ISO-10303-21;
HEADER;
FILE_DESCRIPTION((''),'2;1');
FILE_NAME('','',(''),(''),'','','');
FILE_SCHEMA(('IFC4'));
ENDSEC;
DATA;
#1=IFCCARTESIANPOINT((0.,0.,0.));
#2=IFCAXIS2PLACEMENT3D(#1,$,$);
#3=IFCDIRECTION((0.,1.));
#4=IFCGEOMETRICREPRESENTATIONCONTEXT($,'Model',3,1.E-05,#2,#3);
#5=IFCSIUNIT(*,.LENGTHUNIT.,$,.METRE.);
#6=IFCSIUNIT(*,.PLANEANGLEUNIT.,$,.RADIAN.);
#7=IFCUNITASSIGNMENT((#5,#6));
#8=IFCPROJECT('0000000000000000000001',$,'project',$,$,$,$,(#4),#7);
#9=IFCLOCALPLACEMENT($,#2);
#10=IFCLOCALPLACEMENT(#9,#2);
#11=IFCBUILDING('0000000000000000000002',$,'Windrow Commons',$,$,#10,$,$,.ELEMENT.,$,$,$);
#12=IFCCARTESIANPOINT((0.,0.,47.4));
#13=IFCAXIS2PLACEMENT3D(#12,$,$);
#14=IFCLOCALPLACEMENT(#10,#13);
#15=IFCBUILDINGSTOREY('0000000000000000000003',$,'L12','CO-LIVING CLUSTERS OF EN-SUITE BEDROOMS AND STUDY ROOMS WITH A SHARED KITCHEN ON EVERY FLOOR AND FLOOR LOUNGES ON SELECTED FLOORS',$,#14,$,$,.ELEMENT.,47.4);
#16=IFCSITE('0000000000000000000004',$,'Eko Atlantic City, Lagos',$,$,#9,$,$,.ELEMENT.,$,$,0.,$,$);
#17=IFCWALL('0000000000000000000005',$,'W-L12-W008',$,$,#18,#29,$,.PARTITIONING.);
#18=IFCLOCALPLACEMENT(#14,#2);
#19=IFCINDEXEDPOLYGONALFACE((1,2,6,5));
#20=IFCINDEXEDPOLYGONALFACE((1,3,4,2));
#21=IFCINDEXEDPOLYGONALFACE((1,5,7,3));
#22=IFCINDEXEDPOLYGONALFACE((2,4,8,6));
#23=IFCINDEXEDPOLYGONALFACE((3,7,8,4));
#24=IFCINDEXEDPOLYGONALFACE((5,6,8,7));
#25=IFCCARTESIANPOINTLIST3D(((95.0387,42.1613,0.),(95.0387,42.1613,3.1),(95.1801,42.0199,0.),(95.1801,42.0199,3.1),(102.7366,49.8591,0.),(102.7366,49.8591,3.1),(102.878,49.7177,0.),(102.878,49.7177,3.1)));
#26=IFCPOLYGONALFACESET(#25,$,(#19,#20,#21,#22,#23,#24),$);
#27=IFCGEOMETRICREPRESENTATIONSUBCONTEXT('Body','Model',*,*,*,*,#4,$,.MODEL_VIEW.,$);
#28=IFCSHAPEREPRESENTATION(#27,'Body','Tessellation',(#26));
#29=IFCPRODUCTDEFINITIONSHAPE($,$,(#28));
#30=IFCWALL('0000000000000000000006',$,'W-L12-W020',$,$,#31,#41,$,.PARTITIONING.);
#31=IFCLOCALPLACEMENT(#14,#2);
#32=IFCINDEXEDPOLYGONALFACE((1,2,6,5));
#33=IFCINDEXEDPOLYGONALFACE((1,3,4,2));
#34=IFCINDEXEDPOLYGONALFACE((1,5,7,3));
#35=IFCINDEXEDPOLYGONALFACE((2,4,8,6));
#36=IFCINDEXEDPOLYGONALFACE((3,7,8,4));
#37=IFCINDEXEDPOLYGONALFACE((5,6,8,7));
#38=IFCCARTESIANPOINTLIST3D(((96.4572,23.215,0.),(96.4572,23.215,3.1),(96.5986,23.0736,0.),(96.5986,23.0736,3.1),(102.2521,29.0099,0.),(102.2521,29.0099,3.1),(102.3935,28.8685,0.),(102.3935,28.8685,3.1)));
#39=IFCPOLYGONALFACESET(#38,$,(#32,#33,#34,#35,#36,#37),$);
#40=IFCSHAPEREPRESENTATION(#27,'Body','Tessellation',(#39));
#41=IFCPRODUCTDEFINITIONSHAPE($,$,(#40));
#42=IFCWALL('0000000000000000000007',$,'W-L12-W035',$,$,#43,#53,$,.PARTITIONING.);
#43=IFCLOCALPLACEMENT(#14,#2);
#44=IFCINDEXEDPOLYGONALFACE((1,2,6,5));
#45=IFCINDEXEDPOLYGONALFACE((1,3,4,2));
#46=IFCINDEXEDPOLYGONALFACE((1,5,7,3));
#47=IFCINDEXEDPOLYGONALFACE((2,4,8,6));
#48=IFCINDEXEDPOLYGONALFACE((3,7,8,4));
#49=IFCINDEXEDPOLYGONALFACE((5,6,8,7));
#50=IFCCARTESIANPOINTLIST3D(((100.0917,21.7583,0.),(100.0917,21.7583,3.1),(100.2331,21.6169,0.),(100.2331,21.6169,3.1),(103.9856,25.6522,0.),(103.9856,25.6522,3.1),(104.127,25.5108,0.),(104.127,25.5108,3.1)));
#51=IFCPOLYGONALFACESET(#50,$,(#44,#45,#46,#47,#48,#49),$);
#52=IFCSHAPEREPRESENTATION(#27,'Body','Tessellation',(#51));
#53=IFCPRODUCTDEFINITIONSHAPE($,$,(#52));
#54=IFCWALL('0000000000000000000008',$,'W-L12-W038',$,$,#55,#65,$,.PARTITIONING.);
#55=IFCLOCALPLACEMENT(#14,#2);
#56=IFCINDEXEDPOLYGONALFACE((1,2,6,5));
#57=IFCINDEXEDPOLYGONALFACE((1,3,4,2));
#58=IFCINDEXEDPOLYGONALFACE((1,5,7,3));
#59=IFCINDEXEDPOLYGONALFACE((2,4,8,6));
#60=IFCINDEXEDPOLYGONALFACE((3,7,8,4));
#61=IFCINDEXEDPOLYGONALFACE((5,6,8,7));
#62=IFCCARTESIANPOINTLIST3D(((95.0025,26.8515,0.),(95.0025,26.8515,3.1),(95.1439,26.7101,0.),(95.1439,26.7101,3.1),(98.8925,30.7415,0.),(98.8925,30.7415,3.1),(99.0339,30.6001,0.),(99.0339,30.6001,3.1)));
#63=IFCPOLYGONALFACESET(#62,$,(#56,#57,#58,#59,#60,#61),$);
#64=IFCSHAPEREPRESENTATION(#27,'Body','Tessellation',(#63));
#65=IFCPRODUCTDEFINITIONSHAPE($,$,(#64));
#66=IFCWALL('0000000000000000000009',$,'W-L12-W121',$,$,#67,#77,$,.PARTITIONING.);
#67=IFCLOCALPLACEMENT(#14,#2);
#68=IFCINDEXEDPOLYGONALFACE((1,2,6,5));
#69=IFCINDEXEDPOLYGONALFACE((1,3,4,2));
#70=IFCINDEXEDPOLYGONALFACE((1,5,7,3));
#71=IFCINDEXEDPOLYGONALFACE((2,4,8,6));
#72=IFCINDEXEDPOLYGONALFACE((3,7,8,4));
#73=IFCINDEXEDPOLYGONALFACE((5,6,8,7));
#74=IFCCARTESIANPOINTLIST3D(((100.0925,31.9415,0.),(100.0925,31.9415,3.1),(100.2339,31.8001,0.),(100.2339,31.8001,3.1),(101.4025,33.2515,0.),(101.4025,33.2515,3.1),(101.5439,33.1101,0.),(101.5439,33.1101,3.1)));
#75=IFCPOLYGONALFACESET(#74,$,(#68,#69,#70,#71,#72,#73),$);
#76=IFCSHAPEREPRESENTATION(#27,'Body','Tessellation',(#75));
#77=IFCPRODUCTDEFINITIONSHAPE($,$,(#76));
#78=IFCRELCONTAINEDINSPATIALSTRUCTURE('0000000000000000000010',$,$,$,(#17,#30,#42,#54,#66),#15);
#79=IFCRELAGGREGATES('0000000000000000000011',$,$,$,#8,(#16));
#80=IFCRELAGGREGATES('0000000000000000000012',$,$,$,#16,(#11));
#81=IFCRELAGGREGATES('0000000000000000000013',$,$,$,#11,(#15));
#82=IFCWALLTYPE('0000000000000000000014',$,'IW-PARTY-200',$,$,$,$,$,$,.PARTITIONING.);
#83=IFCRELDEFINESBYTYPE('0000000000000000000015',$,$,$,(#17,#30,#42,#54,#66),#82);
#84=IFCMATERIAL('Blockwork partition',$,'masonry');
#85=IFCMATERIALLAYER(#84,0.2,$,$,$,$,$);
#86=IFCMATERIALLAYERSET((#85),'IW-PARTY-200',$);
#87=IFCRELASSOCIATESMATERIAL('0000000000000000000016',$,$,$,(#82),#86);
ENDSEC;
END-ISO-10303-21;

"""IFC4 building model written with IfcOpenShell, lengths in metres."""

from ifc_helpers import new_model, si_unit, direction, frame, frame_2d, origin, place, context, subcontext, project, spatial, rectangle, extrude, material, layer, layer_set, type_object, element, save


model = new_model("IFC4")

# Units and contexts
model_context = context("Model", 3, precision=1e-05, world=origin(), true_north=direction((0.0, 1.0)))
body_context = subcontext(model_context, "Body", "Model", "MODEL_VIEW")
ifc_project = project(units=[si_unit("LENGTHUNIT", "METRE"), si_unit("PLANEANGLEUNIT", "RADIAN")], contexts=[model_context])

# Site, building, storey
site_placement = place(None, origin())
site = spatial("IfcSite", under=ifc_project, at=site_placement, Name="Eko Atlantic City, Lagos", CompositionType="ELEMENT", RefElevation=0.0)
building_placement = place(site_placement, origin())
building = spatial("IfcBuilding", under=site, at=building_placement, Name="Windrow Commons", CompositionType="ELEMENT")
storey_placement = place(building_placement, frame((0.0, 0.0, 47.4)))
storey = spatial("IfcBuildingStorey", under=building, at=storey_placement, Name="L12", Description="CO-LIVING CLUSTERS OF EN-SUITE BEDROOMS AND STUDY ROOMS WITH A SHARED KITCHEN ON EVERY FLOOR AND FLOOR LOUNGES ON SELECTED FLOORS", CompositionType="ELEMENT", Elevation=47.4)

# Walls
ifc_material_1 = material(Name="Blockwork partition", Category="masonry")
ifc_layer_1 = layer(ifc_material_1, 0.2)
ifc_layer_set_1 = layer_set([ifc_layer_1], Name="IW-PARTY-200")
wall_type_1 = type_object("IfcWallType", Name="IW-PARTY-200", PredefinedType="PARTITIONING", material=ifc_layer_set_1)
wall_1_placement = place(storey_placement, frame((95.1094, 42.0906, 0.0), z_axis=(0.0, 0.0, 1.0), x_axis=(0.707111, 0.707102, 0.0)))
element("IfcWall", 1, at=wall_1_placement, inside=storey, type_object=wall_type_1, Name="W-L12-W008", PredefinedType="PARTITIONING", context=body_context, shape_type="SweptSolid", body=[
    extrude(rectangle(XDim=10.8863, YDim=0.2, at=frame_2d((5.4432, 0.0))), origin(), (0.0, 0.0, 1.0), 3.1),
])
wall_2_placement = place(storey_placement, frame((96.5279, 23.1443, 0.0), z_axis=(0.0, 0.0, 1.0), x_axis=(0.707107, 0.707107, 0.0)))
element("IfcWall", 2, at=wall_2_placement, inside=storey, type_object=wall_type_1, Name="W-L12-W020", PredefinedType="PARTITIONING", context=body_context, shape_type="SweptSolid", body=[
    extrude(rectangle(XDim=8.1952, YDim=0.2, at=frame_2d((4.0976, 0.0))), origin(), (0.0, 0.0, 1.0), 3.1),
])
wall_3_placement = place(storey_placement, frame((100.1624, 21.6876, 0.0), z_axis=(0.0, 0.0, 1.0), x_axis=(0.707107, 0.707107, 0.0)))
element("IfcWall", 3, at=wall_3_placement, inside=storey, type_object=wall_type_1, Name="W-L12-W035", PredefinedType="PARTITIONING", context=body_context, shape_type="SweptSolid", body=[
    extrude(rectangle(XDim=5.5069, YDim=0.2, at=frame_2d((2.7534, 0.0))), origin(), (0.0, 0.0, 1.0), 3.1),
])
wall_4_placement = place(storey_placement, frame((95.0732, 26.7808, 0.0), z_axis=(0.0, 0.0, 1.0), x_axis=(0.707107, 0.707107, 0.0)))
element("IfcWall", 4, at=wall_4_placement, inside=storey, type_object=wall_type_1, Name="W-L12-W038", PredefinedType="PARTITIONING", context=body_context, shape_type="SweptSolid", body=[
    extrude(rectangle(XDim=5.5013, YDim=0.2, at=frame_2d((2.7506, 0.0))), origin(), (0.0, 0.0, 1.0), 3.1),
])
wall_5_placement = place(storey_placement, frame((100.1632, 31.8708, 0.0), z_axis=(0.0, 0.0, 1.0), x_axis=(0.707107, 0.707107, 0.0)))
element("IfcWall", 5, at=wall_5_placement, inside=storey, type_object=wall_type_1, Name="W-L12-W121", PredefinedType="PARTITIONING", context=body_context, shape_type="SweptSolid", body=[
    extrude(rectangle(XDim=1.8526, YDim=0.2, at=frame_2d((0.9263, 0.0))), origin(), (0.0, 0.0, 1.0), 3.1),
])

save(model, "model.ifc")
